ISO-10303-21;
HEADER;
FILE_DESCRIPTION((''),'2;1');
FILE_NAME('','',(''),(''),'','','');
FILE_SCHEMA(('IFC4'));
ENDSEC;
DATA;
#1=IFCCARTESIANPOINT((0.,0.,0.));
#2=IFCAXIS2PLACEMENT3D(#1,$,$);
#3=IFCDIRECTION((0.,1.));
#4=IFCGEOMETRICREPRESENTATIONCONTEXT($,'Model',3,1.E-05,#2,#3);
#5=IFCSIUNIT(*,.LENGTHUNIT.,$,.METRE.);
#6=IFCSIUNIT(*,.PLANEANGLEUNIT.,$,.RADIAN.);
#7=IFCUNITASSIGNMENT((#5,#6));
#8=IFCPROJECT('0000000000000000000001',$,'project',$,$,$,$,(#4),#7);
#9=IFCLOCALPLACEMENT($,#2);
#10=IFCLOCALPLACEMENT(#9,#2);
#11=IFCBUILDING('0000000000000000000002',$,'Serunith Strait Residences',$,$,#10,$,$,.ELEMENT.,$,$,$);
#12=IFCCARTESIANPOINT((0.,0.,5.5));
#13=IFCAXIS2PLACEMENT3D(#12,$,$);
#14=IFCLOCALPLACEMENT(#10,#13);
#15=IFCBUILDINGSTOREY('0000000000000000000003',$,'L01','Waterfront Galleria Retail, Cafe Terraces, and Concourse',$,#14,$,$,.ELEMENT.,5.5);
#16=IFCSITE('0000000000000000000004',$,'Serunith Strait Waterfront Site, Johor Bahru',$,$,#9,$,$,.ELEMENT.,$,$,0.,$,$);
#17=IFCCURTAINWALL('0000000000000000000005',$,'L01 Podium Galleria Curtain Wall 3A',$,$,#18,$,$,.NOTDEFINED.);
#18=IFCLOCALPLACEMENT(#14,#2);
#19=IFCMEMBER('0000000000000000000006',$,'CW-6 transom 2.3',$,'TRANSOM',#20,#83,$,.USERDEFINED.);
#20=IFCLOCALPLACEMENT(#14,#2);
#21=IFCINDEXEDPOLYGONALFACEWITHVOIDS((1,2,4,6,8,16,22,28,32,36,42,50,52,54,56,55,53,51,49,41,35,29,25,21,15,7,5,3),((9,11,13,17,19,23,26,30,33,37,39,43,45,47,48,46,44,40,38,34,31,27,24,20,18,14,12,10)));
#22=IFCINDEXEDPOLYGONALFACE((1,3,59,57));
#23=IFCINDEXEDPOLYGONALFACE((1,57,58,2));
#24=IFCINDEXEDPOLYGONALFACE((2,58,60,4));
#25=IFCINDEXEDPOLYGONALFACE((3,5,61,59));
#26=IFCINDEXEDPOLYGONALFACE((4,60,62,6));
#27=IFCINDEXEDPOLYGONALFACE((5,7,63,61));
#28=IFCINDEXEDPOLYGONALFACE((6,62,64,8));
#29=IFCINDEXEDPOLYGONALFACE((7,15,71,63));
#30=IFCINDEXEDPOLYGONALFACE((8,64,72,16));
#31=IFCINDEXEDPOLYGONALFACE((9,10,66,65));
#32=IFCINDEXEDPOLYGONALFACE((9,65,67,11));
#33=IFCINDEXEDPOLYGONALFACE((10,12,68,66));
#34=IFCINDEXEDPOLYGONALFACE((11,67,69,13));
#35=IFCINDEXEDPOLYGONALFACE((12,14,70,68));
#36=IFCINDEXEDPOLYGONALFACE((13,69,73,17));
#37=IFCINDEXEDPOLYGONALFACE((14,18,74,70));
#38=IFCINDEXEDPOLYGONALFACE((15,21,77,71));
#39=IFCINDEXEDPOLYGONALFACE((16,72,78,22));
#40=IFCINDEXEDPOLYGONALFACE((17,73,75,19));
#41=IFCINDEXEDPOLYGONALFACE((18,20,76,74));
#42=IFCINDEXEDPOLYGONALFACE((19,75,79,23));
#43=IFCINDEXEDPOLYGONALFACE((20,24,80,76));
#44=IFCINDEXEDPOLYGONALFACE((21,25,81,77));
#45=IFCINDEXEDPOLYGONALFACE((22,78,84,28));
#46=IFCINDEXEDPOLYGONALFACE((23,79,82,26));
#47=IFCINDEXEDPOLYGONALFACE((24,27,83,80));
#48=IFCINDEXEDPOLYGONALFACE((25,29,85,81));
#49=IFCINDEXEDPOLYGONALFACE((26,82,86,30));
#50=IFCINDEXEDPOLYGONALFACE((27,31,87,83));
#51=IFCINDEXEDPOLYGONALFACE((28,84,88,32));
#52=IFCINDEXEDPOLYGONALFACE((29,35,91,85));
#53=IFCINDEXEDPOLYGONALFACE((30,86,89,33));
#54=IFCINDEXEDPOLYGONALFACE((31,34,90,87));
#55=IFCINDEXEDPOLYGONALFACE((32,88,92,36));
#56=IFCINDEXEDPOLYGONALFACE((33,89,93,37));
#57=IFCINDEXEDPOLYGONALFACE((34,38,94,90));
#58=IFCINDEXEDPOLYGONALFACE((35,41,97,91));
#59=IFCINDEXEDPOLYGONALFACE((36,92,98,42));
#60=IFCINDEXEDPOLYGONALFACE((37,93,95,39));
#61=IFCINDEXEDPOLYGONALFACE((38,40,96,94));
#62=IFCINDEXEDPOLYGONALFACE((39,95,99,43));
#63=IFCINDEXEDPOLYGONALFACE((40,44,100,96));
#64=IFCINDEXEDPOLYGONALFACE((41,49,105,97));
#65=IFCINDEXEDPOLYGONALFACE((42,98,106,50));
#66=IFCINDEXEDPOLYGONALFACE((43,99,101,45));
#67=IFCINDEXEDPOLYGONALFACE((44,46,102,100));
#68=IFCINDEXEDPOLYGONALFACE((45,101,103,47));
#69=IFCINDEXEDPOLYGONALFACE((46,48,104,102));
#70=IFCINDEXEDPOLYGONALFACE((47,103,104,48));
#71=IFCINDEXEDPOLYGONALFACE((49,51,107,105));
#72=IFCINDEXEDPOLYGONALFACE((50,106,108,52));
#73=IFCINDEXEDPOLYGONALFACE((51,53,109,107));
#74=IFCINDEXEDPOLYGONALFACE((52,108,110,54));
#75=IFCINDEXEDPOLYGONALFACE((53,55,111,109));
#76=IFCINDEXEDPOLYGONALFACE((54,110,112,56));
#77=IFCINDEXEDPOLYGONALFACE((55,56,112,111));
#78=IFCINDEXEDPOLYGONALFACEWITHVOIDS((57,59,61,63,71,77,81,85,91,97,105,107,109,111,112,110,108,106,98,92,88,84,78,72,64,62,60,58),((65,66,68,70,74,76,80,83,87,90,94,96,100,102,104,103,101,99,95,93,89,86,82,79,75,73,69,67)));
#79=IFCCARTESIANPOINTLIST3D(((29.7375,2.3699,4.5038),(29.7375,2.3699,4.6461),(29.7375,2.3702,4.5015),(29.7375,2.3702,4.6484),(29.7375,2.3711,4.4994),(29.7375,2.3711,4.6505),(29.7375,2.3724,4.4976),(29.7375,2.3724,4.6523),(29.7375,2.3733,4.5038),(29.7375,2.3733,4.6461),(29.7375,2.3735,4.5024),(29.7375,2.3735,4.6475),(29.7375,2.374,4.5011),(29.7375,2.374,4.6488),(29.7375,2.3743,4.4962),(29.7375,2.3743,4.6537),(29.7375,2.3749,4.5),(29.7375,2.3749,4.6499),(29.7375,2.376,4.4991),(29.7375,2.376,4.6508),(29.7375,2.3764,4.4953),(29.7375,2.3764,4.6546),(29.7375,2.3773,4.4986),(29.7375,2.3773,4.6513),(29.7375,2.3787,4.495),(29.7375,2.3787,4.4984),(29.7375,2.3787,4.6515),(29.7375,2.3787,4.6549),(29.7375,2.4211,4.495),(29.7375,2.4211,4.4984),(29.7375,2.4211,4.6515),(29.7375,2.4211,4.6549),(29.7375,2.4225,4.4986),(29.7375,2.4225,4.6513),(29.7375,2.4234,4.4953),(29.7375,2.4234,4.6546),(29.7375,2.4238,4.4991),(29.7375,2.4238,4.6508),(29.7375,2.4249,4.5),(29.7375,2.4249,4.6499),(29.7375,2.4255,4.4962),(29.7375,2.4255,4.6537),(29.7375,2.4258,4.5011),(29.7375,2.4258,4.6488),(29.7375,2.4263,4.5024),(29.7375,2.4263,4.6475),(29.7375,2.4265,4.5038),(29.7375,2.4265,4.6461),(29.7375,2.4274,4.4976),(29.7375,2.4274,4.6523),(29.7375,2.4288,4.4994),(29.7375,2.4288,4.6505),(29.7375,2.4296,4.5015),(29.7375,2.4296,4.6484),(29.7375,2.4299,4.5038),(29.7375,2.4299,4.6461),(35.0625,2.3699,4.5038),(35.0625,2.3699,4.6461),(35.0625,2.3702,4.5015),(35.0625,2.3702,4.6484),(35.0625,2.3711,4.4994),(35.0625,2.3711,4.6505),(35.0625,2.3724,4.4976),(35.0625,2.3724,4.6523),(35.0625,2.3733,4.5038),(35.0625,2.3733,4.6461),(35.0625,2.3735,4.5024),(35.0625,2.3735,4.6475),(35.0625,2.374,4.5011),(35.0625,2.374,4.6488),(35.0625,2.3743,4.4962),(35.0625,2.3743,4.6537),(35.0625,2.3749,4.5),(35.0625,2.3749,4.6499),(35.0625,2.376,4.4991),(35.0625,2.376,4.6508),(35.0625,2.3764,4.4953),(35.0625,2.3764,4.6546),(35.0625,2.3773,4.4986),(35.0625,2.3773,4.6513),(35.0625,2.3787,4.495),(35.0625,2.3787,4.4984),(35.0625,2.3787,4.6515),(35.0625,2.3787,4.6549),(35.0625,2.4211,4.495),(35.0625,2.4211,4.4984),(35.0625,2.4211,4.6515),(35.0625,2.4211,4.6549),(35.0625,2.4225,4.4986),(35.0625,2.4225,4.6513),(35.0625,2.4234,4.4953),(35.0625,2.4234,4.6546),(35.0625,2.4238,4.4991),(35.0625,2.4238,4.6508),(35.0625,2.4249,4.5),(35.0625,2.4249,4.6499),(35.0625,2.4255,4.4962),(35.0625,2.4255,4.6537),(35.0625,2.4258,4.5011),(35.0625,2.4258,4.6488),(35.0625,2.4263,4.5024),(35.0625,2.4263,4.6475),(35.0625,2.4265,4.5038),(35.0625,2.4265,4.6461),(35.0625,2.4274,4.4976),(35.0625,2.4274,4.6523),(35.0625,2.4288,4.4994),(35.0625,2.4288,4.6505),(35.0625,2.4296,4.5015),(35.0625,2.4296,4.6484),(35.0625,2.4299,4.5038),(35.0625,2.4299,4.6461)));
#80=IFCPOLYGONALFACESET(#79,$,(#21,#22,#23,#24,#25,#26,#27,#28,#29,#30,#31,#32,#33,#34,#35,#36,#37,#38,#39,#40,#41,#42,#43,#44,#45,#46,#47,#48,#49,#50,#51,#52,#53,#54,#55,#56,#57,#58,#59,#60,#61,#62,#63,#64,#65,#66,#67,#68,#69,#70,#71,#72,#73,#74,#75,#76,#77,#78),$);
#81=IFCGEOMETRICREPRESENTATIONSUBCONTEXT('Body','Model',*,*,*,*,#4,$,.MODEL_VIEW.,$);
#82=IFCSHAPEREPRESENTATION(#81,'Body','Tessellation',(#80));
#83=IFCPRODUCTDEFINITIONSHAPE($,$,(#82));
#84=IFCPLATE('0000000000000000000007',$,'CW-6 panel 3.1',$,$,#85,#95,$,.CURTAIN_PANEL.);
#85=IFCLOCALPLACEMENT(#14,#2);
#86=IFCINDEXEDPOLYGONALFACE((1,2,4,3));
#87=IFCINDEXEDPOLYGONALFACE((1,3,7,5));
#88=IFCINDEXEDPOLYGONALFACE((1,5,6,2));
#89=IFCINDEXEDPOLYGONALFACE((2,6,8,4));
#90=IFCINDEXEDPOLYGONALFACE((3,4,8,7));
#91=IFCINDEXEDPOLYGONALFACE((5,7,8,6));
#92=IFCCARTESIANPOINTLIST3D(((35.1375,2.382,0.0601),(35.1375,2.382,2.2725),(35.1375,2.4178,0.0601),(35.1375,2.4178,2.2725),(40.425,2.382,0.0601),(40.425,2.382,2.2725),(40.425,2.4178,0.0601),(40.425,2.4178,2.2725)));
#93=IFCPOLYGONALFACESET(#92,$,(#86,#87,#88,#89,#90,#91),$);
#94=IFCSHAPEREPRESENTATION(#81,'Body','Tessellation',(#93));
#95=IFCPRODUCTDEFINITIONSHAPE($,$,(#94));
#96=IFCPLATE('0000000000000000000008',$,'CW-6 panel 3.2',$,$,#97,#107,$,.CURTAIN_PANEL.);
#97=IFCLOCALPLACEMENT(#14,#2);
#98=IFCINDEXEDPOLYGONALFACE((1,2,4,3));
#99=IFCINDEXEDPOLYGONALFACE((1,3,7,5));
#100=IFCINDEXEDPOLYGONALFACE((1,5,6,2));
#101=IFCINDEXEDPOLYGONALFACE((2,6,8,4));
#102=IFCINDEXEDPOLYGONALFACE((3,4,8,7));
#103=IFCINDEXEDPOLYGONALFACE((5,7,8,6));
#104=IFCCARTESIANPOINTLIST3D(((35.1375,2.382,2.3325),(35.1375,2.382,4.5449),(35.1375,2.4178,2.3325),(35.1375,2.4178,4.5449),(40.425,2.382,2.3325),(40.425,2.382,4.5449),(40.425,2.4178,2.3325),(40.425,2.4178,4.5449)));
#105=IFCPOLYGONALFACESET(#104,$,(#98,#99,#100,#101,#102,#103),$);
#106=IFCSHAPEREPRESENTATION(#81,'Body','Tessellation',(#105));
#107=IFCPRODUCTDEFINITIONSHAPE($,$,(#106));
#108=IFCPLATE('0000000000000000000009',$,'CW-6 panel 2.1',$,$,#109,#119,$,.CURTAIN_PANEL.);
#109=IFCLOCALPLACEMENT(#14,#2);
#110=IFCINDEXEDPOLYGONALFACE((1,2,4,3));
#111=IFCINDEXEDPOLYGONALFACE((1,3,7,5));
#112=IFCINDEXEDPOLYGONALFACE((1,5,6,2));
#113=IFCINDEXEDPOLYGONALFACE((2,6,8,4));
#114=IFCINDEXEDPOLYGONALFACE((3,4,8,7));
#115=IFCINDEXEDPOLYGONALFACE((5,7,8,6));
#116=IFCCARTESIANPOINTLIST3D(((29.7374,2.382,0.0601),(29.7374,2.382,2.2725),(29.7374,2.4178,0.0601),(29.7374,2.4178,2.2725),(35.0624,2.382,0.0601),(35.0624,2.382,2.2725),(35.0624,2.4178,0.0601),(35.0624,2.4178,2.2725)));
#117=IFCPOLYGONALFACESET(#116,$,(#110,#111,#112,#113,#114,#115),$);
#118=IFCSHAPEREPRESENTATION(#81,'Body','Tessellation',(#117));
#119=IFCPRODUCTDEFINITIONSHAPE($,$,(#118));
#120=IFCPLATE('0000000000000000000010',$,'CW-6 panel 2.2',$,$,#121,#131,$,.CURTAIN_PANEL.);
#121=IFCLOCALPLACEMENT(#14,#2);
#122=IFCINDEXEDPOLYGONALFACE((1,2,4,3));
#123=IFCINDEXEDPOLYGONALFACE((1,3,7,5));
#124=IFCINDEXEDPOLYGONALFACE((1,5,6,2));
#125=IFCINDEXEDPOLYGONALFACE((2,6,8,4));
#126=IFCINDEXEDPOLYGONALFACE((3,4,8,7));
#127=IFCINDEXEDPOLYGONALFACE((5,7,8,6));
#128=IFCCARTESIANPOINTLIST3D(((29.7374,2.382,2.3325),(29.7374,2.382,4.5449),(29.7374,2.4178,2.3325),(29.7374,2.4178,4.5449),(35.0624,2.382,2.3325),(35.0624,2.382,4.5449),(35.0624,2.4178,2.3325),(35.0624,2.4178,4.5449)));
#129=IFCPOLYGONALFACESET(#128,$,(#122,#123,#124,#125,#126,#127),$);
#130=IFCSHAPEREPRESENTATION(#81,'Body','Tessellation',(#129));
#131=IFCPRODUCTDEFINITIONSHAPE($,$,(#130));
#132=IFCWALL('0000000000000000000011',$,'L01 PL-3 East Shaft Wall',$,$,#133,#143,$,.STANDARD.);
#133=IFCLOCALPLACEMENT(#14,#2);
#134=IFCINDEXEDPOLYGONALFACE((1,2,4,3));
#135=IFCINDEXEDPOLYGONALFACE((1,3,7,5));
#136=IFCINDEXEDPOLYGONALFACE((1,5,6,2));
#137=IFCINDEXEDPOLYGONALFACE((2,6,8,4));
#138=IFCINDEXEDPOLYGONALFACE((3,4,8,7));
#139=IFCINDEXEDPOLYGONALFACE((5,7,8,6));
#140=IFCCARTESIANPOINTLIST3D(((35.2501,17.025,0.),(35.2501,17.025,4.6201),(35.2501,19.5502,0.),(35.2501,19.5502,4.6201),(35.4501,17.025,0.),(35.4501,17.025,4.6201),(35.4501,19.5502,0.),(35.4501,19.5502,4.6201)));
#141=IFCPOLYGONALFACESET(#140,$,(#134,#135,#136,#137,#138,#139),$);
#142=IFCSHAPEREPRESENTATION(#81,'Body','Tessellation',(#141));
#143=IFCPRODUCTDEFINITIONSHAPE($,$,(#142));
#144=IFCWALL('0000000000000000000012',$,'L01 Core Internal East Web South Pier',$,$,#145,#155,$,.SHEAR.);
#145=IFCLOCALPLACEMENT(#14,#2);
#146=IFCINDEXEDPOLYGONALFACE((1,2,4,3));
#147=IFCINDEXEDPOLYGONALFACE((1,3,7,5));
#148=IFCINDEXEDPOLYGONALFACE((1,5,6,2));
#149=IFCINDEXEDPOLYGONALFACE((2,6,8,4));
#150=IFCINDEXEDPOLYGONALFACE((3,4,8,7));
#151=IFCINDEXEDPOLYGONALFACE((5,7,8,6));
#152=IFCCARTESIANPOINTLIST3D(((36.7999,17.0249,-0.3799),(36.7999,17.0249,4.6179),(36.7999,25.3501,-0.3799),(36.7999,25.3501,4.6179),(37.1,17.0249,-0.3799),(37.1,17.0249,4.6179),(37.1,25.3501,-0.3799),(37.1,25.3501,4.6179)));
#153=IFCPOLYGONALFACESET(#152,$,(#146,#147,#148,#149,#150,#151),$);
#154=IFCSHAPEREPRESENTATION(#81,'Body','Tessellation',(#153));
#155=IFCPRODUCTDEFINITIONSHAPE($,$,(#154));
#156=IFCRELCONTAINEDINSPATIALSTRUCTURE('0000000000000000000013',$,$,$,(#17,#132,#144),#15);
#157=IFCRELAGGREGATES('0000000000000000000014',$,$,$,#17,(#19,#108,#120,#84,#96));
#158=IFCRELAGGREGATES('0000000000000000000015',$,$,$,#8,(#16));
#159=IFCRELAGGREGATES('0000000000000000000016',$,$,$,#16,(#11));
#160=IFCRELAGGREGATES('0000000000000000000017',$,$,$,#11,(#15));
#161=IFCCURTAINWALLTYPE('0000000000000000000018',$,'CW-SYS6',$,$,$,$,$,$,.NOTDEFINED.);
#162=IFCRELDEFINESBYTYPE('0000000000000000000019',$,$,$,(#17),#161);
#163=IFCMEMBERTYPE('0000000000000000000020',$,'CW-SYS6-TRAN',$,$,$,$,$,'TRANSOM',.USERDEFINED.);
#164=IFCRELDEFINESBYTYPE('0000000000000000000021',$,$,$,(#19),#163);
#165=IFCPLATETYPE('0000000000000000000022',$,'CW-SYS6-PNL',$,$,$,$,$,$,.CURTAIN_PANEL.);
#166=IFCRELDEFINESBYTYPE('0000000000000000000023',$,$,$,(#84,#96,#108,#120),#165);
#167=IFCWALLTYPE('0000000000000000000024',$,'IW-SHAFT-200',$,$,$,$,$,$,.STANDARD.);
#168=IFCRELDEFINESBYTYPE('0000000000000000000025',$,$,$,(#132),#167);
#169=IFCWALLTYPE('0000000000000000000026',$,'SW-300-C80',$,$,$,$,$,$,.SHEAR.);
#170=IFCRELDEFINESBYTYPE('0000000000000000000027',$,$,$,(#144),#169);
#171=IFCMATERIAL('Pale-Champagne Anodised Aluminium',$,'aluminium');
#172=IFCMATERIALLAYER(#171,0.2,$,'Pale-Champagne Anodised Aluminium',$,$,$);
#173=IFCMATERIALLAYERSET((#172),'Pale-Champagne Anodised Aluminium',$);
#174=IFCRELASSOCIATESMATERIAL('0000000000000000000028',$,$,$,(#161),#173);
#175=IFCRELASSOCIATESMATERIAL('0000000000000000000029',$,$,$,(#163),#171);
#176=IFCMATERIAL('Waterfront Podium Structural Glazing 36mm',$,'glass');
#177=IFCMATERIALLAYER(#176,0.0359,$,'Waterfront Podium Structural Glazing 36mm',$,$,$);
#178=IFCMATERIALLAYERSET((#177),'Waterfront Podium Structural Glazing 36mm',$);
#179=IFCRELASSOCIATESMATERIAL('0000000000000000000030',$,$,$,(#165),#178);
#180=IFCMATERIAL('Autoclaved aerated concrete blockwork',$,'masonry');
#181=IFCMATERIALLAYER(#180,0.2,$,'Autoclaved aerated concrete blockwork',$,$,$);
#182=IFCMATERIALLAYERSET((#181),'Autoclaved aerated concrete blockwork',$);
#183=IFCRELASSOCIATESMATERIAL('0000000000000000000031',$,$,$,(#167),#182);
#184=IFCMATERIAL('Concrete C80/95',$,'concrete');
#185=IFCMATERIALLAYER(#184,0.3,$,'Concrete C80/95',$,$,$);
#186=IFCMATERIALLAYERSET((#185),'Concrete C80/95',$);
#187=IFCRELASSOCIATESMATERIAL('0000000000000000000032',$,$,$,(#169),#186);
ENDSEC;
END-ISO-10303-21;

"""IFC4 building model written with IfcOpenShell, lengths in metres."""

from ifc_helpers import new_model, si_unit, direction, frame, frame_2d, origin, origin_2d, place, context, subcontext, project, spatial, rectangle, hollow_rectangle, extrude, source, transform, mapped, material, layer, layer_set, material_profile, profile_set, type_object, element, aggregate, save


model = new_model("IFC4")

# Units and contexts
model_context = context("Model", 3, precision=1e-05, world=origin(), true_north=direction((0.0, 1.0)))
body_context = subcontext(model_context, "Body", "Model", "MODEL_VIEW")
ifc_project = project(units=[si_unit("LENGTHUNIT", "METRE"), si_unit("PLANEANGLEUNIT", "RADIAN")], contexts=[model_context])

# Site, building, storey
site_placement = place(None, origin())
site = spatial("IfcSite", under=ifc_project, at=site_placement, Name="Serunith Strait Waterfront Site, Johor Bahru", CompositionType="ELEMENT", RefElevation=0.0)
building_placement = place(site_placement, origin())
building = spatial("IfcBuilding", under=site, at=building_placement, Name="Serunith Strait Residences", CompositionType="ELEMENT")
storey_placement = place(building_placement, frame((0.0, 0.0, 5.5)))
storey = spatial("IfcBuildingStorey", under=building, at=storey_placement, Name="L01", Description="Waterfront Galleria Retail, Cafe Terraces, and Concourse", CompositionType="ELEMENT", Elevation=5.5)

# Curtain wall, member, plates
ifc_material_1 = material(Name="Pale-Champagne Anodised Aluminium", Category="aluminium")
ifc_layer_1 = layer(ifc_material_1, 0.2, Name="Pale-Champagne Anodised Aluminium")
ifc_layer_set_1 = layer_set([ifc_layer_1], Name="Pale-Champagne Anodised Aluminium")
curtain_wall_type = type_object("IfcCurtainWallType", Name="CW-SYS6", PredefinedType="NOTDEFINED", material=ifc_layer_set_1)
curtain_wall_placement = place(storey_placement, origin())
curtain_wall = element("IfcCurtainWall", 1, at=curtain_wall_placement, inside=storey, type_object=curtain_wall_type, Name="L01 Podium Galleria Curtain Wall 3A", PredefinedType="NOTDEFINED")
ifc_material_profile_1 = material_profile(ifc_material_1, hollow_rectangle(XDim=0.0601, YDim=0.1599, WallThickness=0.0034, InnerFilletRadius=0.0054, OuterFilletRadius=0.0088, at=origin_2d()), Name="ALU 160x60x3.5")
ifc_profile_set_1 = profile_set([ifc_material_profile_1], Name="Pale-Champagne Anodised Aluminium")
member_type_1 = type_object("IfcMemberType", Name="CW-SYS6-TRAN", ElementType="TRANSOM", PredefinedType="USERDEFINED", material=ifc_profile_set_1)
shared_shape_1 = source(origin(), body_context, "Body", "SweptSolid", [
    extrude(hollow_rectangle(XDim=0.0601, YDim=0.1599, WallThickness=0.0034, InnerFilletRadius=0.0054, OuterFilletRadius=0.0088, at=origin_2d()), origin(), (0.0, 0.0, 1.0), 5.325),
])
member_1_placement = place(storey_placement, frame((29.7375, 2.3999, 4.575), z_axis=(1.0, 0.0, 0.0), x_axis=(0.0, 1.0, 0.0)))
member_1 = element("IfcMember", 2, at=member_1_placement, type_object=member_type_1, Name="CW-6 transom 2.3", ObjectType="TRANSOM", PredefinedType="USERDEFINED", context=body_context, shape_type="MappedRepresentation", body=[
    mapped(shared_shape_1, transform((0.0, 0.0, 0.0), scale=1.0)),
])
ifc_material_2 = material(Name="Waterfront Podium Structural Glazing 36mm", Category="glass")
ifc_layer_2 = layer(ifc_material_2, 0.0359, Name="Waterfront Podium Structural Glazing 36mm")
ifc_layer_set_2 = layer_set([ifc_layer_2], Name="Waterfront Podium Structural Glazing 36mm")
plate_type = type_object("IfcPlateType", Name="CW-SYS6-PNL", PredefinedType="CURTAIN_PANEL", material=ifc_layer_set_2)
shared_shape_2 = source(origin(), body_context, "Body", "SweptSolid", [
    extrude(rectangle(XDim=5.2876, YDim=0.0359, at=origin_2d()), origin(), (0.0, 0.0, 1.0), 2.2124),
])
plate_1_placement = place(storey_placement, frame((37.7812, 2.3999, 0.0601), z_axis=(0.0, 0.0, 1.0), x_axis=(1.0, 0.0, 0.0)))
plate_1 = element("IfcPlate", 3, at=plate_1_placement, type_object=plate_type, Name="CW-6 panel 3.1", PredefinedType="CURTAIN_PANEL", context=body_context, shape_type="MappedRepresentation", body=[
    mapped(shared_shape_2, transform((0.0, 0.0, 0.0), scale=1.0)),
])
plate_2_placement = place(storey_placement, frame((37.7812, 2.3999, 2.3325), z_axis=(0.0, 0.0, 1.0), x_axis=(1.0, 0.0, 0.0)))
plate_2 = element("IfcPlate", 4, at=plate_2_placement, type_object=plate_type, Name="CW-6 panel 3.2", PredefinedType="CURTAIN_PANEL", context=body_context, shape_type="MappedRepresentation", body=[
    mapped(shared_shape_2, transform((0.0, 0.0, 0.0), scale=1.0)),
])
shared_shape_3 = source(origin(), body_context, "Body", "SweptSolid", [
    extrude(rectangle(XDim=5.325, YDim=0.0359, at=origin_2d()), origin(), (0.0, 0.0, 1.0), 2.2124),
])
plate_3_placement = place(storey_placement, frame((32.3999, 2.3999, 0.0601), z_axis=(0.0, 0.0, 1.0), x_axis=(1.0, 0.0, 0.0)))
plate_3 = element("IfcPlate", 5, at=plate_3_placement, type_object=plate_type, Name="CW-6 panel 2.1", PredefinedType="CURTAIN_PANEL", context=body_context, shape_type="MappedRepresentation", body=[
    mapped(shared_shape_3, transform((0.0, 0.0, 0.0), scale=1.0)),
])
plate_4_placement = place(storey_placement, frame((32.3999, 2.3999, 2.3325), z_axis=(0.0, 0.0, 1.0), x_axis=(1.0, 0.0, 0.0)))
plate_4 = element("IfcPlate", 6, at=plate_4_placement, type_object=plate_type, Name="CW-6 panel 2.2", PredefinedType="CURTAIN_PANEL", context=body_context, shape_type="MappedRepresentation", body=[
    mapped(shared_shape_3, transform((0.0, 0.0, 0.0), scale=1.0)),
])
aggregate(curtain_wall, [member_1, plate_3, plate_4, plate_1, plate_2])

# Walls
ifc_material_3 = material(Name="Autoclaved aerated concrete blockwork", Category="masonry")
ifc_layer_3 = layer(ifc_material_3, 0.2, Name="Autoclaved aerated concrete blockwork")
ifc_layer_set_3 = layer_set([ifc_layer_3], Name="Autoclaved aerated concrete blockwork")
wall_type_1 = type_object("IfcWallType", Name="IW-SHAFT-200", PredefinedType="STANDARD", material=ifc_layer_set_3)
wall_1_placement = place(storey_placement, frame((35.3501, 17.0249, 0.0), z_axis=(0.0, 0.0, 1.0), x_axis=(0.0, 1.0, 0.0)))
element("IfcWall", 7, at=wall_1_placement, inside=storey, type_object=wall_type_1, Name="L01 PL-3 East Shaft Wall", PredefinedType="STANDARD", context=body_context, shape_type="SweptSolid", body=[
    extrude(rectangle(XDim=2.5251, YDim=0.2, at=frame_2d((1.2627, 0.0))), origin(), (0.0, 0.0, 1.0), 4.6201),
])
ifc_material_4 = material(Name="Concrete C80/95", Category="concrete")
ifc_layer_4 = layer(ifc_material_4, 0.3, Name="Concrete C80/95")
ifc_layer_set_4 = layer_set([ifc_layer_4], Name="Concrete C80/95")
wall_type_2 = type_object("IfcWallType", Name="SW-300-C80", PredefinedType="SHEAR", material=ifc_layer_set_4)
wall_2_placement = place(storey_placement, frame((36.95, 17.0249, -0.3799), z_axis=(0.0, 0.0, 1.0), x_axis=(0.0, 1.0, 0.0)))
element("IfcWall", 8, at=wall_2_placement, inside=storey, type_object=wall_type_2, Name="L01 Core Internal East Web South Pier", PredefinedType="SHEAR", context=body_context, shape_type="SweptSolid", body=[
    extrude(rectangle(XDim=8.3252, YDim=0.3, at=frame_2d((4.1626, 0.0))), origin(), (0.0, 0.0, 1.0), 4.9978),
])

save(model, "model.ifc")
